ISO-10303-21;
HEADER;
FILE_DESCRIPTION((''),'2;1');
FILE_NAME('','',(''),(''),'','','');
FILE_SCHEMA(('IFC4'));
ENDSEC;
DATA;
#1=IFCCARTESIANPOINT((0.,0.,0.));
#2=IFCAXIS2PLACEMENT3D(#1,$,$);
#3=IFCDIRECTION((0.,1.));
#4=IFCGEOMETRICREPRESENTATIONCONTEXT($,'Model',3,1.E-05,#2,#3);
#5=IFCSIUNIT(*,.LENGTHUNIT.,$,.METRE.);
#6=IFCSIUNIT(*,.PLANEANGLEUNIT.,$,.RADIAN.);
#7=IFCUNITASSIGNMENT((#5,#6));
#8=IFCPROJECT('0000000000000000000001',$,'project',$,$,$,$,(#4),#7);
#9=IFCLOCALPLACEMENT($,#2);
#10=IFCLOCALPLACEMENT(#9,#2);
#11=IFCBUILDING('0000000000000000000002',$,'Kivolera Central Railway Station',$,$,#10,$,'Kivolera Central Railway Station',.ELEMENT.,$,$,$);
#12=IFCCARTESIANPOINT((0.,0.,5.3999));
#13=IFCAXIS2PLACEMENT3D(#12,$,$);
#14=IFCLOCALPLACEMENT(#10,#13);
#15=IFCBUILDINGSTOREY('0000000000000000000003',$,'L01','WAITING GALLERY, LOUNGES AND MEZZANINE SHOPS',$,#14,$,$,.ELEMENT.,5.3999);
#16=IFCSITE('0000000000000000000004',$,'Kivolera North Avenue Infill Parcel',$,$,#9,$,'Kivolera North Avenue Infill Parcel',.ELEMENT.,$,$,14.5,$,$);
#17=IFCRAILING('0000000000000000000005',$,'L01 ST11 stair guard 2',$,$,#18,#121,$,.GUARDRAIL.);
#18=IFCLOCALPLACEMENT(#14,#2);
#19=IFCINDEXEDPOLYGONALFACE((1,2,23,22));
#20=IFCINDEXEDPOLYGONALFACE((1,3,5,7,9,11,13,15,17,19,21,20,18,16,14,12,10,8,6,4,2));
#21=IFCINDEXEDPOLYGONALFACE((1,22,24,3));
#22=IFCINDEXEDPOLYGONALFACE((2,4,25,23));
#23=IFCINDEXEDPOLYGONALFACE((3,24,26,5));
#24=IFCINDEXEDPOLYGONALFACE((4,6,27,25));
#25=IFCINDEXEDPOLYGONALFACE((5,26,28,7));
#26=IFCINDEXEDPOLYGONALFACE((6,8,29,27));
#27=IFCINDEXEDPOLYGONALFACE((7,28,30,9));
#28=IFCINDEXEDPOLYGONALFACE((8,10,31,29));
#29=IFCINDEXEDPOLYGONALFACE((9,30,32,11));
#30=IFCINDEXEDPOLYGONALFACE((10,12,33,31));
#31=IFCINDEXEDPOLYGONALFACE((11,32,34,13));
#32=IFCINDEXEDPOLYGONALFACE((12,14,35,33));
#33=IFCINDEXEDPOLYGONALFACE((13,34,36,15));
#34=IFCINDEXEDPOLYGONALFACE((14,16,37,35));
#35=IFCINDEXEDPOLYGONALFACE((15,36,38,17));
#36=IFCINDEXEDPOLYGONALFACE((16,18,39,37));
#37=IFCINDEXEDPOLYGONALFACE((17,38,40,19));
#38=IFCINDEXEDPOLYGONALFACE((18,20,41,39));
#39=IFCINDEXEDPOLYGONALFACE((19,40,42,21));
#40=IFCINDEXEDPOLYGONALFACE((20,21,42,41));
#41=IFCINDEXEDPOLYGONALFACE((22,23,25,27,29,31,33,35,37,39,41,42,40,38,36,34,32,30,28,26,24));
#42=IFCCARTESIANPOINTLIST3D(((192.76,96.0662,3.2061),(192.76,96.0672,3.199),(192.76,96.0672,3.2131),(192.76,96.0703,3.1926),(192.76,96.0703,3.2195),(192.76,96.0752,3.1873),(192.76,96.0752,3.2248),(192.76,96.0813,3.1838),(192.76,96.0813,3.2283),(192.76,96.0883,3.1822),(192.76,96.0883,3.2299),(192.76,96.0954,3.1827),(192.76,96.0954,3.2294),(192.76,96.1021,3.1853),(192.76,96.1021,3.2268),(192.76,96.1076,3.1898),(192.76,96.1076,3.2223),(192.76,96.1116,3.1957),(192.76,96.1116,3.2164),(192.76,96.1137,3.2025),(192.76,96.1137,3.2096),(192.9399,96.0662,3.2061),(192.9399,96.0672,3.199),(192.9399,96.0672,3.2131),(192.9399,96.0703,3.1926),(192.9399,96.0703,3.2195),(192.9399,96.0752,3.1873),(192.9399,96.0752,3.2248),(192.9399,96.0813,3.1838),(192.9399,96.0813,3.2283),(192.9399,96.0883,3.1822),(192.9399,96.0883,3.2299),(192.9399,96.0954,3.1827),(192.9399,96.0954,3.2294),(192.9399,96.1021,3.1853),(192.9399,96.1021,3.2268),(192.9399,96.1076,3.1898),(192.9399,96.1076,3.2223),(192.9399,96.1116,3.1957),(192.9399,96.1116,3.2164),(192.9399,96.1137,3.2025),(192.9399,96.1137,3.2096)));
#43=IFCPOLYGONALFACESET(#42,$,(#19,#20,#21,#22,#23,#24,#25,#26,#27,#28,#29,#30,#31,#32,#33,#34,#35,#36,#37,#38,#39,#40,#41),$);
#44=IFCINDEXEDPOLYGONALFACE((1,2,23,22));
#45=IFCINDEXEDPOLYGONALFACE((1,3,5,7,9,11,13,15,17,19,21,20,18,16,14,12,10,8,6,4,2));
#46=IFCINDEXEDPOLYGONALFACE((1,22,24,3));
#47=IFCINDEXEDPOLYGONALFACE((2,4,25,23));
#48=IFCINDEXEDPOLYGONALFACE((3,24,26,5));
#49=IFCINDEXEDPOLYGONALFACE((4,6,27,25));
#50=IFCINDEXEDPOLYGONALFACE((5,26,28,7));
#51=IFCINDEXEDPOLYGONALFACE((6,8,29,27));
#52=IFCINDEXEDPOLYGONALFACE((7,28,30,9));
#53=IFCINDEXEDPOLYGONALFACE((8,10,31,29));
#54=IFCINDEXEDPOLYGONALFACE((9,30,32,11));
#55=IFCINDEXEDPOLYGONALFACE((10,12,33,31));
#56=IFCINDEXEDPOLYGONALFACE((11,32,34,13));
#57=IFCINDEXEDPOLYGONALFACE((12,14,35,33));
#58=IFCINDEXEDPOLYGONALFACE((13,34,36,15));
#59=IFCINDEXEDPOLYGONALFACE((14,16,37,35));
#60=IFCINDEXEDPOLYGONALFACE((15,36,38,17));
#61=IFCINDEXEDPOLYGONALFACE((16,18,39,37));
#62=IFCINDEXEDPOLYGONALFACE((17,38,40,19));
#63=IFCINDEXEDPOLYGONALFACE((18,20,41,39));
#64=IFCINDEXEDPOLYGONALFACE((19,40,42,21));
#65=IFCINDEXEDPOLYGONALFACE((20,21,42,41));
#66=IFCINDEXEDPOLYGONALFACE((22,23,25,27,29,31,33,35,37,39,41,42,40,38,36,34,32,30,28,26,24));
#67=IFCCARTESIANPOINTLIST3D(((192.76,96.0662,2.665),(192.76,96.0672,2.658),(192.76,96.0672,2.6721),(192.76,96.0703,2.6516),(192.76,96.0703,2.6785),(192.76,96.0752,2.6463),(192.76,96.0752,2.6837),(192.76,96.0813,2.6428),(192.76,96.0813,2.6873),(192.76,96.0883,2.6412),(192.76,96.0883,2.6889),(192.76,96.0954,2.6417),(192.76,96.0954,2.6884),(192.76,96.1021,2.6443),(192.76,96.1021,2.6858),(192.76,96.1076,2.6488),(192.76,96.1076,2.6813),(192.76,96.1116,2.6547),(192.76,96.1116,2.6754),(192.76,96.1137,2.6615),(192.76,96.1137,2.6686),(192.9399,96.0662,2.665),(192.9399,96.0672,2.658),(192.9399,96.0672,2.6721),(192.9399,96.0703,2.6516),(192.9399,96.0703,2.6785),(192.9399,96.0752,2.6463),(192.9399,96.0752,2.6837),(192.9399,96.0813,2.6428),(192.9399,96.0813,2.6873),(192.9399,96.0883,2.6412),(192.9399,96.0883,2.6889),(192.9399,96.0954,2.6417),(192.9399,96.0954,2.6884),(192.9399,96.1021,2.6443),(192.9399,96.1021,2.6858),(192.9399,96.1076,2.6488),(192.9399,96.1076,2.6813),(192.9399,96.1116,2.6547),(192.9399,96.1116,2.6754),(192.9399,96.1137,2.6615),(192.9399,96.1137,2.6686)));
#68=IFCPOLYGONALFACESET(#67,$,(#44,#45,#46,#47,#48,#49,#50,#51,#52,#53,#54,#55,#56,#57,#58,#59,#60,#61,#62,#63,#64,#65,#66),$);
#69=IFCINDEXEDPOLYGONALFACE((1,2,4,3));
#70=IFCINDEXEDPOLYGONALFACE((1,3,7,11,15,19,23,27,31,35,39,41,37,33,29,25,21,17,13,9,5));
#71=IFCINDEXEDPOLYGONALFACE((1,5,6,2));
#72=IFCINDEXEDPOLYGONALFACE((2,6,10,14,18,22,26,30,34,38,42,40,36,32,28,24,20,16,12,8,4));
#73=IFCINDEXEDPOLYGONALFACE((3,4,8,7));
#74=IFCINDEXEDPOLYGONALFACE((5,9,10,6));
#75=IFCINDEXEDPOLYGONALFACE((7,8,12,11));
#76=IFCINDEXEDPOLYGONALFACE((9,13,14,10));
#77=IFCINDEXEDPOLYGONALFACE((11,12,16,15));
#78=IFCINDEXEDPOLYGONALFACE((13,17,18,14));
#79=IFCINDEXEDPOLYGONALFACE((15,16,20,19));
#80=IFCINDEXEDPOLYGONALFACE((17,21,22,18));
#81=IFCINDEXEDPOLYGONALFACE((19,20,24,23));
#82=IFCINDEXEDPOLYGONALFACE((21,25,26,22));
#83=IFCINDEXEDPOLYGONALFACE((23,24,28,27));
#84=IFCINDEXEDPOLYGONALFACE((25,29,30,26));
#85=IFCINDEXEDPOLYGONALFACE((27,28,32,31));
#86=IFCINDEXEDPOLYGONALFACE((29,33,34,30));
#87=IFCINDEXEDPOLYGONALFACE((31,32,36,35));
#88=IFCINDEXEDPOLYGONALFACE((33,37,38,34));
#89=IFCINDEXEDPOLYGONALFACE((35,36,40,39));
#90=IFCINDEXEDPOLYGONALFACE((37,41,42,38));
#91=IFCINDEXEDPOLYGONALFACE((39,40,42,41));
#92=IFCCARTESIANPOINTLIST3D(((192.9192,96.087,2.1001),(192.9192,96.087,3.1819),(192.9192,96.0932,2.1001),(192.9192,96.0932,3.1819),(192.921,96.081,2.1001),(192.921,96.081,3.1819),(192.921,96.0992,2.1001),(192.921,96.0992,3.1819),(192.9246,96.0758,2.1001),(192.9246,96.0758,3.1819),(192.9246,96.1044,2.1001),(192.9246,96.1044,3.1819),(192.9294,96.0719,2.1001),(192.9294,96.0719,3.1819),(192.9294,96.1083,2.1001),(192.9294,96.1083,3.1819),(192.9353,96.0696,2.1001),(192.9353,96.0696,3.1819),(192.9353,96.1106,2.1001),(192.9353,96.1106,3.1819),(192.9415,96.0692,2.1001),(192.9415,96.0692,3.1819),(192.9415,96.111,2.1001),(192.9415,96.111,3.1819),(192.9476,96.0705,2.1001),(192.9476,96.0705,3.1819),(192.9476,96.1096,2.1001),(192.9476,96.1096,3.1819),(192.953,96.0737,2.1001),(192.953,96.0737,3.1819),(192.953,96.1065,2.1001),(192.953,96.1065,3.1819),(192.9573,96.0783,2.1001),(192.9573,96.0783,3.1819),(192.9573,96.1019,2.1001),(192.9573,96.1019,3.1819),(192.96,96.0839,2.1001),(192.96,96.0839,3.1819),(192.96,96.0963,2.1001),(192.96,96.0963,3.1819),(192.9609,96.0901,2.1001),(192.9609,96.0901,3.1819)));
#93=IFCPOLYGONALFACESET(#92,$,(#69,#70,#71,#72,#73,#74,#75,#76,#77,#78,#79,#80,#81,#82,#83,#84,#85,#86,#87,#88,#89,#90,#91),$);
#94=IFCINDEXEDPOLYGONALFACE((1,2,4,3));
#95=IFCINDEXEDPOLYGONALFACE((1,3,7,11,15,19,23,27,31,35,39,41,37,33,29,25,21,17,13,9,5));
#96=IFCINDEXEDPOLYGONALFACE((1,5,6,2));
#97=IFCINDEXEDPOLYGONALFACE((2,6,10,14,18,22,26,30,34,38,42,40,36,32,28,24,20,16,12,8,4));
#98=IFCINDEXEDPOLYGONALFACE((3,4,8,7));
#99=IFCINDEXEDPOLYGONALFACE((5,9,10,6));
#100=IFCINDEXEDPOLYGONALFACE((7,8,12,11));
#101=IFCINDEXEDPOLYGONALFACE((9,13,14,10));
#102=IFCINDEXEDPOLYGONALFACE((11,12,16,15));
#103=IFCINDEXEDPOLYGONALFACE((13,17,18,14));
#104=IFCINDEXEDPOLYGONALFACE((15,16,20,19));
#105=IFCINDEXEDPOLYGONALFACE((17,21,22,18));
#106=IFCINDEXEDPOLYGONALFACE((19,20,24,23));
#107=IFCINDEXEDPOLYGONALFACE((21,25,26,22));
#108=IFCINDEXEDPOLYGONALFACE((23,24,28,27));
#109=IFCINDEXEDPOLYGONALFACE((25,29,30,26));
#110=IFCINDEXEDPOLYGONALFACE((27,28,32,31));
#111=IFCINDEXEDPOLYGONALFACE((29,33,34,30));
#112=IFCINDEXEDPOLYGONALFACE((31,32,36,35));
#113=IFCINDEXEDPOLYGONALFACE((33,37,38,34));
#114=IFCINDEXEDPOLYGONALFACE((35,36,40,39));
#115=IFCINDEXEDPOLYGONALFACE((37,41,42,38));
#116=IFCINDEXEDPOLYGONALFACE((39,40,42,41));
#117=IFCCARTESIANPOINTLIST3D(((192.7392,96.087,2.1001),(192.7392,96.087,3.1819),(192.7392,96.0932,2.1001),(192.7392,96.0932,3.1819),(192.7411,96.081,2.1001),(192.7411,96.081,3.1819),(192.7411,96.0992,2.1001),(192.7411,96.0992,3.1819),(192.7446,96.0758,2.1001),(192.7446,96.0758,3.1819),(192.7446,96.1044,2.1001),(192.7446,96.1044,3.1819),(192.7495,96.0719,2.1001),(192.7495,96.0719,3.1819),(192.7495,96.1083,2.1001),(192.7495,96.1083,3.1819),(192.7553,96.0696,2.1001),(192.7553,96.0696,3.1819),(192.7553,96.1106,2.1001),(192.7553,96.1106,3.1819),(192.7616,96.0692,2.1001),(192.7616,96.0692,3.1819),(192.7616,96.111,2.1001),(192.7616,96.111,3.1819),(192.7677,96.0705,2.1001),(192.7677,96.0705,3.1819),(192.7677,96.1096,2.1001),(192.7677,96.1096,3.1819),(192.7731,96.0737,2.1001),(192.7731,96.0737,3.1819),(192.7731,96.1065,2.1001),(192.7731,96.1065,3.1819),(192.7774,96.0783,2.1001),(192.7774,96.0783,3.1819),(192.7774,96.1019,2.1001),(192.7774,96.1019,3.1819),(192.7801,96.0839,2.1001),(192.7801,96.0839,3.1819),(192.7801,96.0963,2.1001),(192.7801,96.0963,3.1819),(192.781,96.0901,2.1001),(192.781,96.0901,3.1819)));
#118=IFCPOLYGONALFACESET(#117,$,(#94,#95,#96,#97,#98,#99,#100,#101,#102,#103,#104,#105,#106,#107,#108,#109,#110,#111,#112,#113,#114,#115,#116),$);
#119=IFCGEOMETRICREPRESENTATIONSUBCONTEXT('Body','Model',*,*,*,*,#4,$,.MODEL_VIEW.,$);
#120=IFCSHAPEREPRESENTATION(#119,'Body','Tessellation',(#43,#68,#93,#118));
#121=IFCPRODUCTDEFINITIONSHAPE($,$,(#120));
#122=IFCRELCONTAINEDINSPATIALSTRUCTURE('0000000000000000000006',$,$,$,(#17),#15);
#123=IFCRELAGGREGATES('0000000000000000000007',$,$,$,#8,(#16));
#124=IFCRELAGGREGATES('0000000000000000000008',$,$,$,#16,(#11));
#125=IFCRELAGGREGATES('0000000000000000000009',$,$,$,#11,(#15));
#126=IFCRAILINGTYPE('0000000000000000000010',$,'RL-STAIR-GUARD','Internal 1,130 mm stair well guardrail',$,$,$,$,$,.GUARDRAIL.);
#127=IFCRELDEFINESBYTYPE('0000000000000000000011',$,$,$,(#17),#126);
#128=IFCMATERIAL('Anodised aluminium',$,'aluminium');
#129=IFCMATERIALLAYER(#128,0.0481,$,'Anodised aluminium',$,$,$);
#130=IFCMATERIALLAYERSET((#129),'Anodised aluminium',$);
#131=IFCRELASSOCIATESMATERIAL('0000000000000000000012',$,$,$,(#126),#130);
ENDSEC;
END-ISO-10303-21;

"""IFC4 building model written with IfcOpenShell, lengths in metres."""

from ifc_helpers import new_model, si_unit, direction, frame, origin, origin_2d, place, context, subcontext, project, spatial, circle, extrude, material, layer, layer_set, type_object, element, save


model = new_model("IFC4")

# Units and contexts
model_context = context("Model", 3, precision=1e-05, world=origin(), true_north=direction((0.0, 1.0)))
body_context = subcontext(model_context, "Body", "Model", "MODEL_VIEW")
ifc_project = project(units=[si_unit("LENGTHUNIT", "METRE"), si_unit("PLANEANGLEUNIT", "RADIAN")], contexts=[model_context])

# Site, building, storey
site_placement = place(None, origin())
site = spatial("IfcSite", under=ifc_project, at=site_placement, Name="Kivolera North Avenue Infill Parcel", LongName="Kivolera North Avenue Infill Parcel", CompositionType="ELEMENT", RefElevation=14.5)
building_placement = place(site_placement, origin())
building = spatial("IfcBuilding", under=site, at=building_placement, Name="Kivolera Central Railway Station", LongName="Kivolera Central Railway Station", CompositionType="ELEMENT")
storey_placement = place(building_placement, frame((0.0, 0.0, 5.3999)))
storey = spatial("IfcBuildingStorey", under=building, at=storey_placement, Name="L01", Description="WAITING GALLERY, LOUNGES AND MEZZANINE SHOPS", CompositionType="ELEMENT", Elevation=5.3999)

# Shared definitions
ifc_material_1 = material(Name="Anodised aluminium", Category="aluminium")

# Railing
ifc_layer_1 = layer(ifc_material_1, 0.0481, Name="Anodised aluminium")
ifc_layer_set_1 = layer_set([ifc_layer_1], Name="Anodised aluminium")
railing_type_1 = type_object("IfcRailingType", Name="RL-STAIR-GUARD", Description="Internal 1,130 mm stair well guardrail", PredefinedType="GUARDRAIL", material=ifc_layer_set_1)
railing_1_placement = place(storey_placement, frame((192.9399, 96.0901, 2.1001)))
element("IfcRailing", 1, at=railing_1_placement, inside=storey, type_object=railing_type_1, Name="L01 ST11 stair guard 2", PredefinedType="GUARDRAIL", context=body_context, shape_type="SweptSolid", body=[
    extrude(circle(Radius=0.0239, at=origin_2d()), frame((0.0, 0.0, 1.106), z_axis=(-1.0, 0.0, 0.0), x_axis=(0.0, -1.0, 0.0)), (0.0, 0.0, 1.0), 0.1799),
    extrude(circle(Radius=0.0239, at=origin_2d()), frame((0.0, 0.0, 0.5649), z_axis=(-1.0, 0.0, 0.0), x_axis=(0.0, -1.0, 0.0)), (0.0, 0.0, 1.0), 0.1799),
    extrude(circle(Radius=0.021, at=origin_2d()), origin(), (0.0, 0.0, 1.0), 1.0818),
    extrude(circle(Radius=0.021, at=origin_2d()), frame((-0.1799, 0.0, 0.0)), (0.0, 0.0, 1.0), 1.0818),
])

save(model, "model.ifc")
